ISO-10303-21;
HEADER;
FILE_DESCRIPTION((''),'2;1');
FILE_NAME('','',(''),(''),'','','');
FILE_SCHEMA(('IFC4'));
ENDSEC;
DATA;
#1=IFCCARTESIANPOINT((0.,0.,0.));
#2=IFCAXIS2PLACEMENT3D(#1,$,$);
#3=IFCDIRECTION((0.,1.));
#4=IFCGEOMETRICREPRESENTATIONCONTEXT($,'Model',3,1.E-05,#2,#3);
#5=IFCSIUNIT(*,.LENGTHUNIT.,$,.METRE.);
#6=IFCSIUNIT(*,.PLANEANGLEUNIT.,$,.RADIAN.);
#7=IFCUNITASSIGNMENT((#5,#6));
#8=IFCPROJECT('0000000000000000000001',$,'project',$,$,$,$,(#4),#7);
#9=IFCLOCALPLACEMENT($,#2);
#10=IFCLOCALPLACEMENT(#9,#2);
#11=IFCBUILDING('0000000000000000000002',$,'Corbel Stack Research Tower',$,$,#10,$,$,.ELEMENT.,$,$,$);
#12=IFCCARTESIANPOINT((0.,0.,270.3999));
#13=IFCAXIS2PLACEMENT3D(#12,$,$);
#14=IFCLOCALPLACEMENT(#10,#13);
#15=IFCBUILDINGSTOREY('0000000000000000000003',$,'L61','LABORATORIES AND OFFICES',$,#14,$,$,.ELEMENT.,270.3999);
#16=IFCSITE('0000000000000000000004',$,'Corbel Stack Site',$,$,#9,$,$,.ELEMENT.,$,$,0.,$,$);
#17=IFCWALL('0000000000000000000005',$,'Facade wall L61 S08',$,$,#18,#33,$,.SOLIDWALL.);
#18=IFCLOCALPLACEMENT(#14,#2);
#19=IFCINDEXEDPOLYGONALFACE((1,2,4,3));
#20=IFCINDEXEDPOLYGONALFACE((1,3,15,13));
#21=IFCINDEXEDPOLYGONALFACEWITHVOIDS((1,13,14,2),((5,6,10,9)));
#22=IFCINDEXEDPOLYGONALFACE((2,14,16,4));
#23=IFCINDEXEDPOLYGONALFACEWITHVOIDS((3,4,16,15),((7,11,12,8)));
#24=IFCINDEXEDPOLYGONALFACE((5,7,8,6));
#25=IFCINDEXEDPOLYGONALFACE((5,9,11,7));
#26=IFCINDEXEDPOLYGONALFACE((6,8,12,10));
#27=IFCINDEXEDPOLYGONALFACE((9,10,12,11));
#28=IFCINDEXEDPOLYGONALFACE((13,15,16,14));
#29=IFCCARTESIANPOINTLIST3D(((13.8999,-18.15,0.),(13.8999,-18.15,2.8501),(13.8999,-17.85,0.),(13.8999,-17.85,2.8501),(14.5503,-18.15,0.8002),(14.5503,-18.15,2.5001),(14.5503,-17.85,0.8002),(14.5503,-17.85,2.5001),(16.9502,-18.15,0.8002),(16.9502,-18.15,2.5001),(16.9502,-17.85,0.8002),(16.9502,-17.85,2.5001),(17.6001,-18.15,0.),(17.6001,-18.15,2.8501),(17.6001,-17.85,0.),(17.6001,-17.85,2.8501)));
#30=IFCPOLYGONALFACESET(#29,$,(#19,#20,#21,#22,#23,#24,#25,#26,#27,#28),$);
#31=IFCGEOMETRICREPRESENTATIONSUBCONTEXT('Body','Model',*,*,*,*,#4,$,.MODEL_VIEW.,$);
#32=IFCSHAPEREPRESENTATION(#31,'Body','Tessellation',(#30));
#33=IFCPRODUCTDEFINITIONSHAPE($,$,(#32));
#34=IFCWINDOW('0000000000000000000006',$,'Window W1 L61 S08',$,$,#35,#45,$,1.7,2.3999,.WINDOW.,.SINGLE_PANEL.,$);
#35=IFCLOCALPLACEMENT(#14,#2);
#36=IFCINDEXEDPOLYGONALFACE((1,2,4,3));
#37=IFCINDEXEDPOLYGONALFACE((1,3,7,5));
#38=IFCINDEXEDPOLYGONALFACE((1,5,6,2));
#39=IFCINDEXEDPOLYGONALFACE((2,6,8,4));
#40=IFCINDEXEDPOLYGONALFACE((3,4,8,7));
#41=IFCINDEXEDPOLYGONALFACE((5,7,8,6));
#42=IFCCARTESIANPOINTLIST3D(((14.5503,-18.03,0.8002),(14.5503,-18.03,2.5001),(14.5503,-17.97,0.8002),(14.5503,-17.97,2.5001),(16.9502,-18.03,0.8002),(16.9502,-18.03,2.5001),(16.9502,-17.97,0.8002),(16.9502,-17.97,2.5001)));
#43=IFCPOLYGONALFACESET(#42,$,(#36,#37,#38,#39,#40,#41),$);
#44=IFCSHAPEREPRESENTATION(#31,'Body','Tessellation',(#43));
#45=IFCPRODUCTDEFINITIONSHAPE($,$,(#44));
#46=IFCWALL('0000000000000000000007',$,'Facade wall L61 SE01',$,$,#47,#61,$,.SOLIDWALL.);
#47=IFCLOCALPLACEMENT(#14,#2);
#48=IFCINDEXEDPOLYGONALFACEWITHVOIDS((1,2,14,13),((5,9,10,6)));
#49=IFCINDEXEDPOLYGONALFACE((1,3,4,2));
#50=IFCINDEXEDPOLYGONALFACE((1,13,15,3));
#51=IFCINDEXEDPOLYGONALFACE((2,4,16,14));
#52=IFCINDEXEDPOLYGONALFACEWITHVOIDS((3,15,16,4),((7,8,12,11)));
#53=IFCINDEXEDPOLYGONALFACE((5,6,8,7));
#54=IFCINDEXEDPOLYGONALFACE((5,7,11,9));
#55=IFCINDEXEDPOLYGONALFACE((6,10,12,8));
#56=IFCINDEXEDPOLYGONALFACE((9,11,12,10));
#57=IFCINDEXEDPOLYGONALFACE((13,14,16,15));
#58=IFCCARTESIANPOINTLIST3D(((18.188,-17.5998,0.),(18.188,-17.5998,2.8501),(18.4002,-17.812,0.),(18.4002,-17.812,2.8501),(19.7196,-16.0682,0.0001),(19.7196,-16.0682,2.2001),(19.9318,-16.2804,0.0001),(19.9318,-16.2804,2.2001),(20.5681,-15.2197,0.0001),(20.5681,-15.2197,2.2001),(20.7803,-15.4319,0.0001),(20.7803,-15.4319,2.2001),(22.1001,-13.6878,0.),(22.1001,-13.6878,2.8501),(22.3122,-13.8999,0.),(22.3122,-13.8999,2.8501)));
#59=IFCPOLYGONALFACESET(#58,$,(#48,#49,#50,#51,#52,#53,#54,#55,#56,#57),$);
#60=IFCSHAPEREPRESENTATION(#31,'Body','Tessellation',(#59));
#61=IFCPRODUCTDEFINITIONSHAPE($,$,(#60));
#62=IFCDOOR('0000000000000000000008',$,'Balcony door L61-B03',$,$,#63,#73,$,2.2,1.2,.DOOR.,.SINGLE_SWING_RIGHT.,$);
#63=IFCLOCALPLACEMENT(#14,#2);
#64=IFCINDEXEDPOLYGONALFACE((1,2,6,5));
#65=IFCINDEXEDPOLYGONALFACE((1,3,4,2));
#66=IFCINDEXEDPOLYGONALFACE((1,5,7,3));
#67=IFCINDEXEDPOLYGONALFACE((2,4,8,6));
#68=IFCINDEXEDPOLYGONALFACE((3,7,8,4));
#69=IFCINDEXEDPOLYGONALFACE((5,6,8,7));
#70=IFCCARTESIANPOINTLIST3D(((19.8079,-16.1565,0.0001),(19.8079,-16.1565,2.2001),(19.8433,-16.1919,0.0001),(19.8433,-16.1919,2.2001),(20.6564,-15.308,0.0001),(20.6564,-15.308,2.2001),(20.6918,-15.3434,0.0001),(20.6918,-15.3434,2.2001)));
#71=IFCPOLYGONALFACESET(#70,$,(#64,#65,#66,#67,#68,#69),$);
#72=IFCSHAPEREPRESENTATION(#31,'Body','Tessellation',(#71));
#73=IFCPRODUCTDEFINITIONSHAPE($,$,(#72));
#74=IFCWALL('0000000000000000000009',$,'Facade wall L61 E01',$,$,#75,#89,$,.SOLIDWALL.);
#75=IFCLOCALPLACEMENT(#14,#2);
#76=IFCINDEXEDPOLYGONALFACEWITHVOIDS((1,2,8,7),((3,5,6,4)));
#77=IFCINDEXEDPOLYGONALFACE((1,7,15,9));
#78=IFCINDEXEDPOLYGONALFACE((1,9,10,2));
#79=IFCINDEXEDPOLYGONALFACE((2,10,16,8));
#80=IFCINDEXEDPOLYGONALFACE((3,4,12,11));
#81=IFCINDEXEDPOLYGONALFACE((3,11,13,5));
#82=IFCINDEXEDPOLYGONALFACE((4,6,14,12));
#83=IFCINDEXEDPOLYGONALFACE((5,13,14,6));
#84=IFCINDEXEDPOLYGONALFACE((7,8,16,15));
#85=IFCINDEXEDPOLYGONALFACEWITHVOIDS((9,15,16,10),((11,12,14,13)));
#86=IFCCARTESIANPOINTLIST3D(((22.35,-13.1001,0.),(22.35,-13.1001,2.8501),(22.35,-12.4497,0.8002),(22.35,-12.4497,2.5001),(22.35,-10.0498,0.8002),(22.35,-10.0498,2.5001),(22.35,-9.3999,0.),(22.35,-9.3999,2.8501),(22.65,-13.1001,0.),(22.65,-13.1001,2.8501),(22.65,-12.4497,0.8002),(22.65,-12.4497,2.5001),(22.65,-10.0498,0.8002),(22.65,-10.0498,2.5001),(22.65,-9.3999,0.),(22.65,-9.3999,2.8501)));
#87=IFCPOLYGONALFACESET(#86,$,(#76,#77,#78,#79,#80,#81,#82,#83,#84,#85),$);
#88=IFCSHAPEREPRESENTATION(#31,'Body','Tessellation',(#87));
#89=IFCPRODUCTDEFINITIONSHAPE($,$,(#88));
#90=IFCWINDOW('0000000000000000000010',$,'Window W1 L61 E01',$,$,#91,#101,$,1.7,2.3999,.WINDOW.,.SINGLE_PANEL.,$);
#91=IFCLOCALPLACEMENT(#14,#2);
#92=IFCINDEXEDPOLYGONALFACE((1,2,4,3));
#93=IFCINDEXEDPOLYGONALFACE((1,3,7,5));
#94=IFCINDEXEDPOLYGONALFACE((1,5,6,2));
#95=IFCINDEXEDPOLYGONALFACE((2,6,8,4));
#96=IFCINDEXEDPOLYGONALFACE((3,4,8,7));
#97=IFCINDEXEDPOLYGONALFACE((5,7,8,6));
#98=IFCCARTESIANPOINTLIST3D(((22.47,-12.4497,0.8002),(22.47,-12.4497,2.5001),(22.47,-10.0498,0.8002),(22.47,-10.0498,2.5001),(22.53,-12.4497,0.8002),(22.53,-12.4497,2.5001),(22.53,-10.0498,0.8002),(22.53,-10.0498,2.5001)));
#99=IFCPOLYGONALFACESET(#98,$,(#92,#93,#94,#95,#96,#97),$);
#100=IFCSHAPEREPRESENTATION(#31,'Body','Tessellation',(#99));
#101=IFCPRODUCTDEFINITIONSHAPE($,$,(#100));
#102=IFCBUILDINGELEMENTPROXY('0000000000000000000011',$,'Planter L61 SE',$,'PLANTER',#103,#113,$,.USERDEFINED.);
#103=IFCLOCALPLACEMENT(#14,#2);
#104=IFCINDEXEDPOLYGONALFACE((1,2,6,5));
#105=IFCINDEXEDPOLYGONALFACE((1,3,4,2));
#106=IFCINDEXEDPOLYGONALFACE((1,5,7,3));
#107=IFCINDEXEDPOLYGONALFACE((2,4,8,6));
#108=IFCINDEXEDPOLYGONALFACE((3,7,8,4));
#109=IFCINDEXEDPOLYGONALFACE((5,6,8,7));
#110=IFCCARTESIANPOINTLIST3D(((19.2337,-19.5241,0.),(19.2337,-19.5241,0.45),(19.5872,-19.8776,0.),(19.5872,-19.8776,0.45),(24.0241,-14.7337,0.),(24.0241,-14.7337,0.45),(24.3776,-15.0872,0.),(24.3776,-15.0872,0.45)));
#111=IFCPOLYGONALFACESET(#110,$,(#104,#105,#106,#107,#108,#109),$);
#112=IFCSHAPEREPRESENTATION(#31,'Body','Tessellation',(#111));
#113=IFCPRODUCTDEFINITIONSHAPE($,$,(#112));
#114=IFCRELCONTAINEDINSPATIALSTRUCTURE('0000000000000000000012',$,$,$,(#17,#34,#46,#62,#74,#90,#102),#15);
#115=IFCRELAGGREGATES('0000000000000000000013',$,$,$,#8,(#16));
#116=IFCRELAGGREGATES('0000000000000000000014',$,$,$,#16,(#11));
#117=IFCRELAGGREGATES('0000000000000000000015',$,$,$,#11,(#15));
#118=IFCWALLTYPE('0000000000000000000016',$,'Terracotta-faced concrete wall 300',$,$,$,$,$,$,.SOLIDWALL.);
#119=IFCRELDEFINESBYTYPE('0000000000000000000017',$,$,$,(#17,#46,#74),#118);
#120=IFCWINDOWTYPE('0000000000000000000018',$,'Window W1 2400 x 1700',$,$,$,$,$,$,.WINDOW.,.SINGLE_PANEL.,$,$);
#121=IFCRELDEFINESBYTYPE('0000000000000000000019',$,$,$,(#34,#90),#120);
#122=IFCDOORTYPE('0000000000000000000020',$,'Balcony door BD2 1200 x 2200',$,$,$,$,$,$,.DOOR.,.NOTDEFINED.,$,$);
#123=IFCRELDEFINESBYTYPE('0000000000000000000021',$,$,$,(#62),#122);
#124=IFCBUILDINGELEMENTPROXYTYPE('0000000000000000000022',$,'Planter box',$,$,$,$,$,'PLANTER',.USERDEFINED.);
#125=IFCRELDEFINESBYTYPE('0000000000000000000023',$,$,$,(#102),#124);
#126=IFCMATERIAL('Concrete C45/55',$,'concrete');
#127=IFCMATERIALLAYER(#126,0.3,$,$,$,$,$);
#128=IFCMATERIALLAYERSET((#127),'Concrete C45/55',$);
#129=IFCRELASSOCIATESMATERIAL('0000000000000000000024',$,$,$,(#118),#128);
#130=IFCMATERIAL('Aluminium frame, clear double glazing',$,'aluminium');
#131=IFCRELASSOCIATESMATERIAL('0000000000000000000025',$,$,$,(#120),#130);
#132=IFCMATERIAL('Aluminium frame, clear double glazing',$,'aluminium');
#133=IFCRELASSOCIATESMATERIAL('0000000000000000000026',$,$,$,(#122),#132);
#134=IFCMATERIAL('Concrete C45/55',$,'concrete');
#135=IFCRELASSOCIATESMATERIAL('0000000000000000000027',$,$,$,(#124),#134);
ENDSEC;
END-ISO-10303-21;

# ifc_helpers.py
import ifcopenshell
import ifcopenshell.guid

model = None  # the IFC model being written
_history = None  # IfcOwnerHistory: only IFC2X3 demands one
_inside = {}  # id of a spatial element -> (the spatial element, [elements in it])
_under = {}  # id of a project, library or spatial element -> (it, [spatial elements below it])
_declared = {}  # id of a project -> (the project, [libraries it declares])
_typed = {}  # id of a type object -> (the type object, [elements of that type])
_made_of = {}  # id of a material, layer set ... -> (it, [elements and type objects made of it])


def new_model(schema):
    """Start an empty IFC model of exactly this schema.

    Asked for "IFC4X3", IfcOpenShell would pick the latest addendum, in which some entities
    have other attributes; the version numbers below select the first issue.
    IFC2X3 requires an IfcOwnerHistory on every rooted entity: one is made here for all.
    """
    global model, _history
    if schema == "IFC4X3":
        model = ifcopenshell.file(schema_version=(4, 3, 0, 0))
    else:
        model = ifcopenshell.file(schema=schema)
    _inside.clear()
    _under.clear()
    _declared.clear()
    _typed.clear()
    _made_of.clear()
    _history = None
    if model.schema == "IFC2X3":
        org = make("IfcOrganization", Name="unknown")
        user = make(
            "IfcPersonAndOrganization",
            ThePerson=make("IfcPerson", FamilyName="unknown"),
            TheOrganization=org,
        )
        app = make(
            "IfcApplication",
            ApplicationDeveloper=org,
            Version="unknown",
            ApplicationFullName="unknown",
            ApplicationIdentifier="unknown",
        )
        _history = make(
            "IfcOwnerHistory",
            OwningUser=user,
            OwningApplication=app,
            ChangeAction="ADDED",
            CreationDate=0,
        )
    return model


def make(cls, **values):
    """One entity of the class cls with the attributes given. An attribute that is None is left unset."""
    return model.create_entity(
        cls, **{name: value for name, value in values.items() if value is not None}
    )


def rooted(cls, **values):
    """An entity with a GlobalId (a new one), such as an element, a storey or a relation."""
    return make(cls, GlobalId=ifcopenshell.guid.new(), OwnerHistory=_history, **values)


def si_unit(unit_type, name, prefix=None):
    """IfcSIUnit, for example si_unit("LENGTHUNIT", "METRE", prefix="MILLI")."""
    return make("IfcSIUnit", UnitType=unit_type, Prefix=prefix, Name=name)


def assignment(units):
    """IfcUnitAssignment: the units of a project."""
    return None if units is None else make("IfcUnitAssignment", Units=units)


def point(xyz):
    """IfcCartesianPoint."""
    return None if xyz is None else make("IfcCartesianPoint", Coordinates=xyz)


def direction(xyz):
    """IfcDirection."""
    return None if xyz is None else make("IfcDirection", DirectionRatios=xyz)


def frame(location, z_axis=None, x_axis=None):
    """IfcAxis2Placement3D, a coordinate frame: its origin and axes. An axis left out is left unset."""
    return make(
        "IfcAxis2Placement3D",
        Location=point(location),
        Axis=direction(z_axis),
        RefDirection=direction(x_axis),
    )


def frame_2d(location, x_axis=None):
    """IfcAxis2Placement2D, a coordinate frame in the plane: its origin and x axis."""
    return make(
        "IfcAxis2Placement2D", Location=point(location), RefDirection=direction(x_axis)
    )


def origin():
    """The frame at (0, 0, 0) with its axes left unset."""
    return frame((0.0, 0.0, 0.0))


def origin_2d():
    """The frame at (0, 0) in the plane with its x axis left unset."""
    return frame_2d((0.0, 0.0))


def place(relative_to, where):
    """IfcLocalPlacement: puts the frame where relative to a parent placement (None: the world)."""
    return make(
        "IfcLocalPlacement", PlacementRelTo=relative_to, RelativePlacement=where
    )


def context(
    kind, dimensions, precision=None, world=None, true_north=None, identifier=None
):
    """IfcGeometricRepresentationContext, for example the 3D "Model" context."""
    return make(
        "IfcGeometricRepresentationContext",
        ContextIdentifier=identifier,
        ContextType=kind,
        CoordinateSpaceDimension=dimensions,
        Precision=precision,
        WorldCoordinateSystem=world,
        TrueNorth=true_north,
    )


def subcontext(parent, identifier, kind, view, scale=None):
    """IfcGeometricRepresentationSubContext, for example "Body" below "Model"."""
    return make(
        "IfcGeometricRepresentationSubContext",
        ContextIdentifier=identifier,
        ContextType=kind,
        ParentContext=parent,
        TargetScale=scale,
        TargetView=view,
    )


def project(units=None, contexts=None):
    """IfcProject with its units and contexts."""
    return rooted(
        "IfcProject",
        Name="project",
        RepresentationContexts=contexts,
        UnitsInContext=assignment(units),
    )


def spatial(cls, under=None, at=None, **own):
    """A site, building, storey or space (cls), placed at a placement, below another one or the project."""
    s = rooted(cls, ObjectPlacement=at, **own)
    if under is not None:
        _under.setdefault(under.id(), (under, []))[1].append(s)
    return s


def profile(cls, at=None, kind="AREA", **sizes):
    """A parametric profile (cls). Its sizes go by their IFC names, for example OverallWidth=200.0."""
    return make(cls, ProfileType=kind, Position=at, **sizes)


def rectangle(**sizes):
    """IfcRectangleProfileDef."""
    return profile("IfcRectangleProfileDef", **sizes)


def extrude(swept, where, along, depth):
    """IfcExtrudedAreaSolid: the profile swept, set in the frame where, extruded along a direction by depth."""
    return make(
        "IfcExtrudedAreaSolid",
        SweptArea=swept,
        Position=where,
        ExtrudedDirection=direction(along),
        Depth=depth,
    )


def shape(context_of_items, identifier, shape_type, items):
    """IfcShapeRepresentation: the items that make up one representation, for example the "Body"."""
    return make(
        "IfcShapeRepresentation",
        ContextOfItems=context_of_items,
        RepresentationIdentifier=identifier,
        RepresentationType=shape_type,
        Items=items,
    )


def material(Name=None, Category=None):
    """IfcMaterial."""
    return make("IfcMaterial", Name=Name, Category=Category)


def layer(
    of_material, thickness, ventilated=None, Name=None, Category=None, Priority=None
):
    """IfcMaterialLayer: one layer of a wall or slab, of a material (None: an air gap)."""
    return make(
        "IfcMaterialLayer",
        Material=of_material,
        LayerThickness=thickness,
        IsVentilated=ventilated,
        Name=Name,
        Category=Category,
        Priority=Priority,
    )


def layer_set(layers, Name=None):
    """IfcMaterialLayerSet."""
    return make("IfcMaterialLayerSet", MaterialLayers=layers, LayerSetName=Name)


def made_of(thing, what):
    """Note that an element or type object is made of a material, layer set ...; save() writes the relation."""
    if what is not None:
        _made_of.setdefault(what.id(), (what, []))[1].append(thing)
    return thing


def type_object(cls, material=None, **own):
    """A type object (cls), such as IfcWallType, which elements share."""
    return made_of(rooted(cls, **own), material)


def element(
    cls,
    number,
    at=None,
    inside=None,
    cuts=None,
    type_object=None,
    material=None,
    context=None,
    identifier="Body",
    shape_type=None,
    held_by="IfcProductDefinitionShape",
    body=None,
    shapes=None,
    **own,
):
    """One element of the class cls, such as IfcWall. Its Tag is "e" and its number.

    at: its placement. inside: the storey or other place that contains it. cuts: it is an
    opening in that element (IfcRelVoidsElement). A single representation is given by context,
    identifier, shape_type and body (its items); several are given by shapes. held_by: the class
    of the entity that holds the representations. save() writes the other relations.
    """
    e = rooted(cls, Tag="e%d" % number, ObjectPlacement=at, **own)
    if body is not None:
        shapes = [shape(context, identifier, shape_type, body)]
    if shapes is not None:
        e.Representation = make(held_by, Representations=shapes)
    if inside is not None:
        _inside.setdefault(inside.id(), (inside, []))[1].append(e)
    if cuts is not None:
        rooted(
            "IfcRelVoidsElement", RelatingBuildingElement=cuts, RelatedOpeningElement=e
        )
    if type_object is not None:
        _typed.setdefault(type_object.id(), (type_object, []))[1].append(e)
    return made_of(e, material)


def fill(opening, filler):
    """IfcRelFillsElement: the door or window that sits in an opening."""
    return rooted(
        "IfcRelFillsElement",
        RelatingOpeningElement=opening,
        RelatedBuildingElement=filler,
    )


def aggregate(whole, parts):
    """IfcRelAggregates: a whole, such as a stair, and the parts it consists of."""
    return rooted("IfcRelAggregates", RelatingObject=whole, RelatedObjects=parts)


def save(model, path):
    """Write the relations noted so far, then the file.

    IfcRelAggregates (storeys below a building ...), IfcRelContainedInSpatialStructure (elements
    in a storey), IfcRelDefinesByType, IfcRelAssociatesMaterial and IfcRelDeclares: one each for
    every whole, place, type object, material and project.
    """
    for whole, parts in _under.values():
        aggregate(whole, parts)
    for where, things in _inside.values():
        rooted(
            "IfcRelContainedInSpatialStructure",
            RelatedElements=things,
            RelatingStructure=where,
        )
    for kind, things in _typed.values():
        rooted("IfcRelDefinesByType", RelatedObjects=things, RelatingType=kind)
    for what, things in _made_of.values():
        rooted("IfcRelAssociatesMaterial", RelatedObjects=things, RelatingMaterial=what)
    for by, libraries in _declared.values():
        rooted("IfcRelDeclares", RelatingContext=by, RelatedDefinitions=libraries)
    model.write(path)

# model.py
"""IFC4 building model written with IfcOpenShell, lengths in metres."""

from ifc_helpers import new_model, si_unit, direction, frame, frame_2d, origin, origin_2d, place, context, subcontext, project, spatial, rectangle, extrude, material, layer, layer_set, type_object, element, fill, save


model = new_model("IFC4")

# Units and contexts
model_context = context("Model", 3, precision=1e-05, world=origin(), true_north=direction((0.0, 1.0)))
body_context = subcontext(model_context, "Body", "Model", "MODEL_VIEW")
ifc_project = project(units=[si_unit("LENGTHUNIT", "METRE"), si_unit("PLANEANGLEUNIT", "RADIAN")], contexts=[model_context])

# Site, building, storey
site_placement = place(None, origin())
site = spatial("IfcSite", under=ifc_project, at=site_placement, Name="Corbel Stack Site", CompositionType="ELEMENT", RefElevation=0.0)
building_placement = place(site_placement, origin())
building = spatial("IfcBuilding", under=site, at=building_placement, Name="Corbel Stack Research Tower", CompositionType="ELEMENT")
storey_placement = place(building_placement, frame((0.0, 0.0, 270.3999)))
storey = spatial("IfcBuildingStorey", under=building, at=storey_placement, Name="L61", Description="LABORATORIES AND OFFICES", CompositionType="ELEMENT", Elevation=270.3999)

# Shared definitions
ifc_material_1 = material(Name="Concrete C45/55", Category="concrete")
ifc_layer_1 = layer(ifc_material_1, 0.3)
ifc_layer_set_1 = layer_set([ifc_layer_1], Name="Concrete C45/55")
wall_type_1 = type_object("IfcWallType", Name="Terracotta-faced concrete wall 300", PredefinedType="SOLIDWALL", material=ifc_layer_set_1)

# Wall, opening, window
wall_1_placement = place(storey_placement, frame((17.6001, -18.0, 0.0), z_axis=(0.0, 0.0, 1.0), x_axis=(-1.0, 0.0, 0.0)))
wall_1 = element("IfcWall", 1, at=wall_1_placement, inside=storey, type_object=wall_type_1, Name="Facade wall L61 S08", PredefinedType="SOLIDWALL", context=body_context, shape_type="SweptSolid", body=[
    extrude(rectangle(XDim=3.7002, YDim=0.3, at=frame_2d((1.8501, 0.0))), origin(), (0.0, 0.0, 1.0), 2.8501),
])
opening_1_placement = place(wall_1_placement, frame((0.6499, 0.0, 0.8)))
opening_1 = element("IfcOpeningElement", 2, at=opening_1_placement, cuts=wall_1, PredefinedType="OPENING", context=body_context, shape_type="SweptSolid", body=[
    extrude(rectangle(XDim=2.3999, YDim=1.7, at=frame_2d((1.2, 0.8501))), frame((0.0, 0.1599, 0.0), z_axis=(0.0, -1.0, 0.0), x_axis=(1.0, 0.0, 0.0)), (0.0, 0.0, 1.0), 0.3201),
])
ifc_material_2 = material(Name="Aluminium frame, clear double glazing", Category="aluminium")
window_type = type_object("IfcWindowType", Name="Window W1 2400 x 1700", PartitioningType="SINGLE_PANEL", PredefinedType="WINDOW", material=ifc_material_2)
window_1_placement = place(opening_1_placement, origin())
window_1 = element("IfcWindow", 3, at=window_1_placement, inside=storey, type_object=window_type, Name="Window W1 L61 S08", OverallHeight=1.7, OverallWidth=2.3999, PartitioningType="SINGLE_PANEL", PredefinedType="WINDOW", context=body_context, shape_type="SweptSolid", body=[
    extrude(rectangle(XDim=2.3999, YDim=1.7, at=frame_2d((1.2, 0.8501))), frame((0.0, 0.03, 0.0), z_axis=(0.0, -1.0, 0.0), x_axis=(1.0, 0.0, 0.0)), (0.0, 0.0, 1.0), 0.0601),
])
fill(opening_1, window_1)

# Wall, opening, door
wall_2_placement = place(storey_placement, frame((22.2061, -13.7939, 0.0), z_axis=(0.0, 0.0, 1.0), x_axis=(-0.707107, -0.707107, 0.0)))
wall_2 = element("IfcWall", 4, at=wall_2_placement, inside=storey, type_object=wall_type_1, Name="Facade wall L61 SE01", PredefinedType="SOLIDWALL", context=body_context, shape_type="SweptSolid", body=[
    extrude(rectangle(XDim=5.5325, YDim=0.3, at=frame_2d((2.7661, 0.0))), origin(), (0.0, 0.0, 1.0), 2.8501),
])
opening_2_placement = place(wall_2_placement, frame((2.1663, 0.0, 0.0)))
opening_2 = element("IfcOpeningElement", 5, at=opening_2_placement, cuts=wall_2, PredefinedType="OPENING", context=body_context, shape_type="SweptSolid", body=[
    extrude(rectangle(XDim=1.2, YDim=2.2, at=frame_2d((0.6001, 1.1001))), frame((0.0, 0.1599, 0.0), z_axis=(0.0, -1.0, 0.0), x_axis=(1.0, 0.0, 0.0)), (0.0, 0.0, 1.0), 0.3201),
])
ifc_material_3 = material(Name="Aluminium frame, clear double glazing", Category="aluminium")
door_type_1 = type_object("IfcDoorType", Name="Balcony door BD2 1200 x 2200", OperationType="NOTDEFINED", PredefinedType="DOOR", material=ifc_material_3)
door_1_placement = place(opening_2_placement, origin())
door_1 = element("IfcDoor", 6, at=door_1_placement, inside=storey, type_object=door_type_1, Name="Balcony door L61-B03", OperationType="SINGLE_SWING_RIGHT", OverallHeight=2.2, OverallWidth=1.2, PredefinedType="DOOR", context=body_context, shape_type="SweptSolid", body=[
    extrude(rectangle(XDim=1.2, YDim=2.2, at=frame_2d((0.6001, 1.1001))), frame((0.0, 0.0249, 0.0), z_axis=(0.0, -1.0, 0.0), x_axis=(1.0, 0.0, 0.0)), (0.0, 0.0, 1.0), 0.05),
])
fill(opening_2, door_1)

# Wall, opening, window
wall_3_placement = place(storey_placement, frame((22.5, -9.3999, 0.0), z_axis=(0.0, 0.0, 1.0), x_axis=(0.0, -1.0, 0.0)))
wall_3 = element("IfcWall", 7, at=wall_3_placement, inside=storey, type_object=wall_type_1, Name="Facade wall L61 E01", PredefinedType="SOLIDWALL", context=body_context, shape_type="SweptSolid", body=[
    extrude(rectangle(XDim=3.7002, YDim=0.3, at=frame_2d((1.8501, 0.0))), origin(), (0.0, 0.0, 1.0), 2.8501),
])
opening_3_placement = place(wall_3_placement, frame((0.6499, 0.0, 0.8)))
opening_3 = element("IfcOpeningElement", 8, at=opening_3_placement, cuts=wall_3, PredefinedType="OPENING", context=body_context, shape_type="SweptSolid", body=[
    extrude(rectangle(XDim=2.3999, YDim=1.7, at=frame_2d((1.2, 0.8501))), frame((0.0, 0.1599, 0.0), z_axis=(0.0, -1.0, 0.0), x_axis=(1.0, 0.0, 0.0)), (0.0, 0.0, 1.0), 0.3201),
])
window_2_placement = place(opening_3_placement, origin())
window_2 = element("IfcWindow", 9, at=window_2_placement, inside=storey, type_object=window_type, Name="Window W1 L61 E01", OverallHeight=1.7, OverallWidth=2.3999, PartitioningType="SINGLE_PANEL", PredefinedType="WINDOW", context=body_context, shape_type="SweptSolid", body=[
    extrude(rectangle(XDim=2.3999, YDim=1.7, at=frame_2d((1.2, 0.8501))), frame((0.0, 0.03, 0.0), z_axis=(0.0, -1.0, 0.0), x_axis=(1.0, 0.0, 0.0)), (0.0, 0.0, 1.0), 0.0601),
])
fill(opening_3, window_2)

# Building element proxy
ifc_material_4 = material(Name="Concrete C45/55", Category="concrete")
building_element_proxy_type = type_object("IfcBuildingElementProxyType", Name="Planter box", ElementType="PLANTER", PredefinedType="USERDEFINED", material=ifc_material_4)
proxy_placement = place(storey_placement, frame((21.8057, -17.3057, 0.0), z_axis=(0.0, 0.0, 1.0), x_axis=(0.707107, 0.707107, 0.0)))
element("IfcBuildingElementProxy", 10, at=proxy_placement, inside=storey, type_object=building_element_proxy_type, Name="Planter L61 SE", ObjectType="PLANTER", PredefinedType="USERDEFINED", context=body_context, shape_type="SweptSolid", body=[
    extrude(rectangle(XDim=6.7747, YDim=0.5, at=origin_2d()), origin(), (0.0, 0.0, 1.0), 0.45),
])

save(model, "model.ifc")
